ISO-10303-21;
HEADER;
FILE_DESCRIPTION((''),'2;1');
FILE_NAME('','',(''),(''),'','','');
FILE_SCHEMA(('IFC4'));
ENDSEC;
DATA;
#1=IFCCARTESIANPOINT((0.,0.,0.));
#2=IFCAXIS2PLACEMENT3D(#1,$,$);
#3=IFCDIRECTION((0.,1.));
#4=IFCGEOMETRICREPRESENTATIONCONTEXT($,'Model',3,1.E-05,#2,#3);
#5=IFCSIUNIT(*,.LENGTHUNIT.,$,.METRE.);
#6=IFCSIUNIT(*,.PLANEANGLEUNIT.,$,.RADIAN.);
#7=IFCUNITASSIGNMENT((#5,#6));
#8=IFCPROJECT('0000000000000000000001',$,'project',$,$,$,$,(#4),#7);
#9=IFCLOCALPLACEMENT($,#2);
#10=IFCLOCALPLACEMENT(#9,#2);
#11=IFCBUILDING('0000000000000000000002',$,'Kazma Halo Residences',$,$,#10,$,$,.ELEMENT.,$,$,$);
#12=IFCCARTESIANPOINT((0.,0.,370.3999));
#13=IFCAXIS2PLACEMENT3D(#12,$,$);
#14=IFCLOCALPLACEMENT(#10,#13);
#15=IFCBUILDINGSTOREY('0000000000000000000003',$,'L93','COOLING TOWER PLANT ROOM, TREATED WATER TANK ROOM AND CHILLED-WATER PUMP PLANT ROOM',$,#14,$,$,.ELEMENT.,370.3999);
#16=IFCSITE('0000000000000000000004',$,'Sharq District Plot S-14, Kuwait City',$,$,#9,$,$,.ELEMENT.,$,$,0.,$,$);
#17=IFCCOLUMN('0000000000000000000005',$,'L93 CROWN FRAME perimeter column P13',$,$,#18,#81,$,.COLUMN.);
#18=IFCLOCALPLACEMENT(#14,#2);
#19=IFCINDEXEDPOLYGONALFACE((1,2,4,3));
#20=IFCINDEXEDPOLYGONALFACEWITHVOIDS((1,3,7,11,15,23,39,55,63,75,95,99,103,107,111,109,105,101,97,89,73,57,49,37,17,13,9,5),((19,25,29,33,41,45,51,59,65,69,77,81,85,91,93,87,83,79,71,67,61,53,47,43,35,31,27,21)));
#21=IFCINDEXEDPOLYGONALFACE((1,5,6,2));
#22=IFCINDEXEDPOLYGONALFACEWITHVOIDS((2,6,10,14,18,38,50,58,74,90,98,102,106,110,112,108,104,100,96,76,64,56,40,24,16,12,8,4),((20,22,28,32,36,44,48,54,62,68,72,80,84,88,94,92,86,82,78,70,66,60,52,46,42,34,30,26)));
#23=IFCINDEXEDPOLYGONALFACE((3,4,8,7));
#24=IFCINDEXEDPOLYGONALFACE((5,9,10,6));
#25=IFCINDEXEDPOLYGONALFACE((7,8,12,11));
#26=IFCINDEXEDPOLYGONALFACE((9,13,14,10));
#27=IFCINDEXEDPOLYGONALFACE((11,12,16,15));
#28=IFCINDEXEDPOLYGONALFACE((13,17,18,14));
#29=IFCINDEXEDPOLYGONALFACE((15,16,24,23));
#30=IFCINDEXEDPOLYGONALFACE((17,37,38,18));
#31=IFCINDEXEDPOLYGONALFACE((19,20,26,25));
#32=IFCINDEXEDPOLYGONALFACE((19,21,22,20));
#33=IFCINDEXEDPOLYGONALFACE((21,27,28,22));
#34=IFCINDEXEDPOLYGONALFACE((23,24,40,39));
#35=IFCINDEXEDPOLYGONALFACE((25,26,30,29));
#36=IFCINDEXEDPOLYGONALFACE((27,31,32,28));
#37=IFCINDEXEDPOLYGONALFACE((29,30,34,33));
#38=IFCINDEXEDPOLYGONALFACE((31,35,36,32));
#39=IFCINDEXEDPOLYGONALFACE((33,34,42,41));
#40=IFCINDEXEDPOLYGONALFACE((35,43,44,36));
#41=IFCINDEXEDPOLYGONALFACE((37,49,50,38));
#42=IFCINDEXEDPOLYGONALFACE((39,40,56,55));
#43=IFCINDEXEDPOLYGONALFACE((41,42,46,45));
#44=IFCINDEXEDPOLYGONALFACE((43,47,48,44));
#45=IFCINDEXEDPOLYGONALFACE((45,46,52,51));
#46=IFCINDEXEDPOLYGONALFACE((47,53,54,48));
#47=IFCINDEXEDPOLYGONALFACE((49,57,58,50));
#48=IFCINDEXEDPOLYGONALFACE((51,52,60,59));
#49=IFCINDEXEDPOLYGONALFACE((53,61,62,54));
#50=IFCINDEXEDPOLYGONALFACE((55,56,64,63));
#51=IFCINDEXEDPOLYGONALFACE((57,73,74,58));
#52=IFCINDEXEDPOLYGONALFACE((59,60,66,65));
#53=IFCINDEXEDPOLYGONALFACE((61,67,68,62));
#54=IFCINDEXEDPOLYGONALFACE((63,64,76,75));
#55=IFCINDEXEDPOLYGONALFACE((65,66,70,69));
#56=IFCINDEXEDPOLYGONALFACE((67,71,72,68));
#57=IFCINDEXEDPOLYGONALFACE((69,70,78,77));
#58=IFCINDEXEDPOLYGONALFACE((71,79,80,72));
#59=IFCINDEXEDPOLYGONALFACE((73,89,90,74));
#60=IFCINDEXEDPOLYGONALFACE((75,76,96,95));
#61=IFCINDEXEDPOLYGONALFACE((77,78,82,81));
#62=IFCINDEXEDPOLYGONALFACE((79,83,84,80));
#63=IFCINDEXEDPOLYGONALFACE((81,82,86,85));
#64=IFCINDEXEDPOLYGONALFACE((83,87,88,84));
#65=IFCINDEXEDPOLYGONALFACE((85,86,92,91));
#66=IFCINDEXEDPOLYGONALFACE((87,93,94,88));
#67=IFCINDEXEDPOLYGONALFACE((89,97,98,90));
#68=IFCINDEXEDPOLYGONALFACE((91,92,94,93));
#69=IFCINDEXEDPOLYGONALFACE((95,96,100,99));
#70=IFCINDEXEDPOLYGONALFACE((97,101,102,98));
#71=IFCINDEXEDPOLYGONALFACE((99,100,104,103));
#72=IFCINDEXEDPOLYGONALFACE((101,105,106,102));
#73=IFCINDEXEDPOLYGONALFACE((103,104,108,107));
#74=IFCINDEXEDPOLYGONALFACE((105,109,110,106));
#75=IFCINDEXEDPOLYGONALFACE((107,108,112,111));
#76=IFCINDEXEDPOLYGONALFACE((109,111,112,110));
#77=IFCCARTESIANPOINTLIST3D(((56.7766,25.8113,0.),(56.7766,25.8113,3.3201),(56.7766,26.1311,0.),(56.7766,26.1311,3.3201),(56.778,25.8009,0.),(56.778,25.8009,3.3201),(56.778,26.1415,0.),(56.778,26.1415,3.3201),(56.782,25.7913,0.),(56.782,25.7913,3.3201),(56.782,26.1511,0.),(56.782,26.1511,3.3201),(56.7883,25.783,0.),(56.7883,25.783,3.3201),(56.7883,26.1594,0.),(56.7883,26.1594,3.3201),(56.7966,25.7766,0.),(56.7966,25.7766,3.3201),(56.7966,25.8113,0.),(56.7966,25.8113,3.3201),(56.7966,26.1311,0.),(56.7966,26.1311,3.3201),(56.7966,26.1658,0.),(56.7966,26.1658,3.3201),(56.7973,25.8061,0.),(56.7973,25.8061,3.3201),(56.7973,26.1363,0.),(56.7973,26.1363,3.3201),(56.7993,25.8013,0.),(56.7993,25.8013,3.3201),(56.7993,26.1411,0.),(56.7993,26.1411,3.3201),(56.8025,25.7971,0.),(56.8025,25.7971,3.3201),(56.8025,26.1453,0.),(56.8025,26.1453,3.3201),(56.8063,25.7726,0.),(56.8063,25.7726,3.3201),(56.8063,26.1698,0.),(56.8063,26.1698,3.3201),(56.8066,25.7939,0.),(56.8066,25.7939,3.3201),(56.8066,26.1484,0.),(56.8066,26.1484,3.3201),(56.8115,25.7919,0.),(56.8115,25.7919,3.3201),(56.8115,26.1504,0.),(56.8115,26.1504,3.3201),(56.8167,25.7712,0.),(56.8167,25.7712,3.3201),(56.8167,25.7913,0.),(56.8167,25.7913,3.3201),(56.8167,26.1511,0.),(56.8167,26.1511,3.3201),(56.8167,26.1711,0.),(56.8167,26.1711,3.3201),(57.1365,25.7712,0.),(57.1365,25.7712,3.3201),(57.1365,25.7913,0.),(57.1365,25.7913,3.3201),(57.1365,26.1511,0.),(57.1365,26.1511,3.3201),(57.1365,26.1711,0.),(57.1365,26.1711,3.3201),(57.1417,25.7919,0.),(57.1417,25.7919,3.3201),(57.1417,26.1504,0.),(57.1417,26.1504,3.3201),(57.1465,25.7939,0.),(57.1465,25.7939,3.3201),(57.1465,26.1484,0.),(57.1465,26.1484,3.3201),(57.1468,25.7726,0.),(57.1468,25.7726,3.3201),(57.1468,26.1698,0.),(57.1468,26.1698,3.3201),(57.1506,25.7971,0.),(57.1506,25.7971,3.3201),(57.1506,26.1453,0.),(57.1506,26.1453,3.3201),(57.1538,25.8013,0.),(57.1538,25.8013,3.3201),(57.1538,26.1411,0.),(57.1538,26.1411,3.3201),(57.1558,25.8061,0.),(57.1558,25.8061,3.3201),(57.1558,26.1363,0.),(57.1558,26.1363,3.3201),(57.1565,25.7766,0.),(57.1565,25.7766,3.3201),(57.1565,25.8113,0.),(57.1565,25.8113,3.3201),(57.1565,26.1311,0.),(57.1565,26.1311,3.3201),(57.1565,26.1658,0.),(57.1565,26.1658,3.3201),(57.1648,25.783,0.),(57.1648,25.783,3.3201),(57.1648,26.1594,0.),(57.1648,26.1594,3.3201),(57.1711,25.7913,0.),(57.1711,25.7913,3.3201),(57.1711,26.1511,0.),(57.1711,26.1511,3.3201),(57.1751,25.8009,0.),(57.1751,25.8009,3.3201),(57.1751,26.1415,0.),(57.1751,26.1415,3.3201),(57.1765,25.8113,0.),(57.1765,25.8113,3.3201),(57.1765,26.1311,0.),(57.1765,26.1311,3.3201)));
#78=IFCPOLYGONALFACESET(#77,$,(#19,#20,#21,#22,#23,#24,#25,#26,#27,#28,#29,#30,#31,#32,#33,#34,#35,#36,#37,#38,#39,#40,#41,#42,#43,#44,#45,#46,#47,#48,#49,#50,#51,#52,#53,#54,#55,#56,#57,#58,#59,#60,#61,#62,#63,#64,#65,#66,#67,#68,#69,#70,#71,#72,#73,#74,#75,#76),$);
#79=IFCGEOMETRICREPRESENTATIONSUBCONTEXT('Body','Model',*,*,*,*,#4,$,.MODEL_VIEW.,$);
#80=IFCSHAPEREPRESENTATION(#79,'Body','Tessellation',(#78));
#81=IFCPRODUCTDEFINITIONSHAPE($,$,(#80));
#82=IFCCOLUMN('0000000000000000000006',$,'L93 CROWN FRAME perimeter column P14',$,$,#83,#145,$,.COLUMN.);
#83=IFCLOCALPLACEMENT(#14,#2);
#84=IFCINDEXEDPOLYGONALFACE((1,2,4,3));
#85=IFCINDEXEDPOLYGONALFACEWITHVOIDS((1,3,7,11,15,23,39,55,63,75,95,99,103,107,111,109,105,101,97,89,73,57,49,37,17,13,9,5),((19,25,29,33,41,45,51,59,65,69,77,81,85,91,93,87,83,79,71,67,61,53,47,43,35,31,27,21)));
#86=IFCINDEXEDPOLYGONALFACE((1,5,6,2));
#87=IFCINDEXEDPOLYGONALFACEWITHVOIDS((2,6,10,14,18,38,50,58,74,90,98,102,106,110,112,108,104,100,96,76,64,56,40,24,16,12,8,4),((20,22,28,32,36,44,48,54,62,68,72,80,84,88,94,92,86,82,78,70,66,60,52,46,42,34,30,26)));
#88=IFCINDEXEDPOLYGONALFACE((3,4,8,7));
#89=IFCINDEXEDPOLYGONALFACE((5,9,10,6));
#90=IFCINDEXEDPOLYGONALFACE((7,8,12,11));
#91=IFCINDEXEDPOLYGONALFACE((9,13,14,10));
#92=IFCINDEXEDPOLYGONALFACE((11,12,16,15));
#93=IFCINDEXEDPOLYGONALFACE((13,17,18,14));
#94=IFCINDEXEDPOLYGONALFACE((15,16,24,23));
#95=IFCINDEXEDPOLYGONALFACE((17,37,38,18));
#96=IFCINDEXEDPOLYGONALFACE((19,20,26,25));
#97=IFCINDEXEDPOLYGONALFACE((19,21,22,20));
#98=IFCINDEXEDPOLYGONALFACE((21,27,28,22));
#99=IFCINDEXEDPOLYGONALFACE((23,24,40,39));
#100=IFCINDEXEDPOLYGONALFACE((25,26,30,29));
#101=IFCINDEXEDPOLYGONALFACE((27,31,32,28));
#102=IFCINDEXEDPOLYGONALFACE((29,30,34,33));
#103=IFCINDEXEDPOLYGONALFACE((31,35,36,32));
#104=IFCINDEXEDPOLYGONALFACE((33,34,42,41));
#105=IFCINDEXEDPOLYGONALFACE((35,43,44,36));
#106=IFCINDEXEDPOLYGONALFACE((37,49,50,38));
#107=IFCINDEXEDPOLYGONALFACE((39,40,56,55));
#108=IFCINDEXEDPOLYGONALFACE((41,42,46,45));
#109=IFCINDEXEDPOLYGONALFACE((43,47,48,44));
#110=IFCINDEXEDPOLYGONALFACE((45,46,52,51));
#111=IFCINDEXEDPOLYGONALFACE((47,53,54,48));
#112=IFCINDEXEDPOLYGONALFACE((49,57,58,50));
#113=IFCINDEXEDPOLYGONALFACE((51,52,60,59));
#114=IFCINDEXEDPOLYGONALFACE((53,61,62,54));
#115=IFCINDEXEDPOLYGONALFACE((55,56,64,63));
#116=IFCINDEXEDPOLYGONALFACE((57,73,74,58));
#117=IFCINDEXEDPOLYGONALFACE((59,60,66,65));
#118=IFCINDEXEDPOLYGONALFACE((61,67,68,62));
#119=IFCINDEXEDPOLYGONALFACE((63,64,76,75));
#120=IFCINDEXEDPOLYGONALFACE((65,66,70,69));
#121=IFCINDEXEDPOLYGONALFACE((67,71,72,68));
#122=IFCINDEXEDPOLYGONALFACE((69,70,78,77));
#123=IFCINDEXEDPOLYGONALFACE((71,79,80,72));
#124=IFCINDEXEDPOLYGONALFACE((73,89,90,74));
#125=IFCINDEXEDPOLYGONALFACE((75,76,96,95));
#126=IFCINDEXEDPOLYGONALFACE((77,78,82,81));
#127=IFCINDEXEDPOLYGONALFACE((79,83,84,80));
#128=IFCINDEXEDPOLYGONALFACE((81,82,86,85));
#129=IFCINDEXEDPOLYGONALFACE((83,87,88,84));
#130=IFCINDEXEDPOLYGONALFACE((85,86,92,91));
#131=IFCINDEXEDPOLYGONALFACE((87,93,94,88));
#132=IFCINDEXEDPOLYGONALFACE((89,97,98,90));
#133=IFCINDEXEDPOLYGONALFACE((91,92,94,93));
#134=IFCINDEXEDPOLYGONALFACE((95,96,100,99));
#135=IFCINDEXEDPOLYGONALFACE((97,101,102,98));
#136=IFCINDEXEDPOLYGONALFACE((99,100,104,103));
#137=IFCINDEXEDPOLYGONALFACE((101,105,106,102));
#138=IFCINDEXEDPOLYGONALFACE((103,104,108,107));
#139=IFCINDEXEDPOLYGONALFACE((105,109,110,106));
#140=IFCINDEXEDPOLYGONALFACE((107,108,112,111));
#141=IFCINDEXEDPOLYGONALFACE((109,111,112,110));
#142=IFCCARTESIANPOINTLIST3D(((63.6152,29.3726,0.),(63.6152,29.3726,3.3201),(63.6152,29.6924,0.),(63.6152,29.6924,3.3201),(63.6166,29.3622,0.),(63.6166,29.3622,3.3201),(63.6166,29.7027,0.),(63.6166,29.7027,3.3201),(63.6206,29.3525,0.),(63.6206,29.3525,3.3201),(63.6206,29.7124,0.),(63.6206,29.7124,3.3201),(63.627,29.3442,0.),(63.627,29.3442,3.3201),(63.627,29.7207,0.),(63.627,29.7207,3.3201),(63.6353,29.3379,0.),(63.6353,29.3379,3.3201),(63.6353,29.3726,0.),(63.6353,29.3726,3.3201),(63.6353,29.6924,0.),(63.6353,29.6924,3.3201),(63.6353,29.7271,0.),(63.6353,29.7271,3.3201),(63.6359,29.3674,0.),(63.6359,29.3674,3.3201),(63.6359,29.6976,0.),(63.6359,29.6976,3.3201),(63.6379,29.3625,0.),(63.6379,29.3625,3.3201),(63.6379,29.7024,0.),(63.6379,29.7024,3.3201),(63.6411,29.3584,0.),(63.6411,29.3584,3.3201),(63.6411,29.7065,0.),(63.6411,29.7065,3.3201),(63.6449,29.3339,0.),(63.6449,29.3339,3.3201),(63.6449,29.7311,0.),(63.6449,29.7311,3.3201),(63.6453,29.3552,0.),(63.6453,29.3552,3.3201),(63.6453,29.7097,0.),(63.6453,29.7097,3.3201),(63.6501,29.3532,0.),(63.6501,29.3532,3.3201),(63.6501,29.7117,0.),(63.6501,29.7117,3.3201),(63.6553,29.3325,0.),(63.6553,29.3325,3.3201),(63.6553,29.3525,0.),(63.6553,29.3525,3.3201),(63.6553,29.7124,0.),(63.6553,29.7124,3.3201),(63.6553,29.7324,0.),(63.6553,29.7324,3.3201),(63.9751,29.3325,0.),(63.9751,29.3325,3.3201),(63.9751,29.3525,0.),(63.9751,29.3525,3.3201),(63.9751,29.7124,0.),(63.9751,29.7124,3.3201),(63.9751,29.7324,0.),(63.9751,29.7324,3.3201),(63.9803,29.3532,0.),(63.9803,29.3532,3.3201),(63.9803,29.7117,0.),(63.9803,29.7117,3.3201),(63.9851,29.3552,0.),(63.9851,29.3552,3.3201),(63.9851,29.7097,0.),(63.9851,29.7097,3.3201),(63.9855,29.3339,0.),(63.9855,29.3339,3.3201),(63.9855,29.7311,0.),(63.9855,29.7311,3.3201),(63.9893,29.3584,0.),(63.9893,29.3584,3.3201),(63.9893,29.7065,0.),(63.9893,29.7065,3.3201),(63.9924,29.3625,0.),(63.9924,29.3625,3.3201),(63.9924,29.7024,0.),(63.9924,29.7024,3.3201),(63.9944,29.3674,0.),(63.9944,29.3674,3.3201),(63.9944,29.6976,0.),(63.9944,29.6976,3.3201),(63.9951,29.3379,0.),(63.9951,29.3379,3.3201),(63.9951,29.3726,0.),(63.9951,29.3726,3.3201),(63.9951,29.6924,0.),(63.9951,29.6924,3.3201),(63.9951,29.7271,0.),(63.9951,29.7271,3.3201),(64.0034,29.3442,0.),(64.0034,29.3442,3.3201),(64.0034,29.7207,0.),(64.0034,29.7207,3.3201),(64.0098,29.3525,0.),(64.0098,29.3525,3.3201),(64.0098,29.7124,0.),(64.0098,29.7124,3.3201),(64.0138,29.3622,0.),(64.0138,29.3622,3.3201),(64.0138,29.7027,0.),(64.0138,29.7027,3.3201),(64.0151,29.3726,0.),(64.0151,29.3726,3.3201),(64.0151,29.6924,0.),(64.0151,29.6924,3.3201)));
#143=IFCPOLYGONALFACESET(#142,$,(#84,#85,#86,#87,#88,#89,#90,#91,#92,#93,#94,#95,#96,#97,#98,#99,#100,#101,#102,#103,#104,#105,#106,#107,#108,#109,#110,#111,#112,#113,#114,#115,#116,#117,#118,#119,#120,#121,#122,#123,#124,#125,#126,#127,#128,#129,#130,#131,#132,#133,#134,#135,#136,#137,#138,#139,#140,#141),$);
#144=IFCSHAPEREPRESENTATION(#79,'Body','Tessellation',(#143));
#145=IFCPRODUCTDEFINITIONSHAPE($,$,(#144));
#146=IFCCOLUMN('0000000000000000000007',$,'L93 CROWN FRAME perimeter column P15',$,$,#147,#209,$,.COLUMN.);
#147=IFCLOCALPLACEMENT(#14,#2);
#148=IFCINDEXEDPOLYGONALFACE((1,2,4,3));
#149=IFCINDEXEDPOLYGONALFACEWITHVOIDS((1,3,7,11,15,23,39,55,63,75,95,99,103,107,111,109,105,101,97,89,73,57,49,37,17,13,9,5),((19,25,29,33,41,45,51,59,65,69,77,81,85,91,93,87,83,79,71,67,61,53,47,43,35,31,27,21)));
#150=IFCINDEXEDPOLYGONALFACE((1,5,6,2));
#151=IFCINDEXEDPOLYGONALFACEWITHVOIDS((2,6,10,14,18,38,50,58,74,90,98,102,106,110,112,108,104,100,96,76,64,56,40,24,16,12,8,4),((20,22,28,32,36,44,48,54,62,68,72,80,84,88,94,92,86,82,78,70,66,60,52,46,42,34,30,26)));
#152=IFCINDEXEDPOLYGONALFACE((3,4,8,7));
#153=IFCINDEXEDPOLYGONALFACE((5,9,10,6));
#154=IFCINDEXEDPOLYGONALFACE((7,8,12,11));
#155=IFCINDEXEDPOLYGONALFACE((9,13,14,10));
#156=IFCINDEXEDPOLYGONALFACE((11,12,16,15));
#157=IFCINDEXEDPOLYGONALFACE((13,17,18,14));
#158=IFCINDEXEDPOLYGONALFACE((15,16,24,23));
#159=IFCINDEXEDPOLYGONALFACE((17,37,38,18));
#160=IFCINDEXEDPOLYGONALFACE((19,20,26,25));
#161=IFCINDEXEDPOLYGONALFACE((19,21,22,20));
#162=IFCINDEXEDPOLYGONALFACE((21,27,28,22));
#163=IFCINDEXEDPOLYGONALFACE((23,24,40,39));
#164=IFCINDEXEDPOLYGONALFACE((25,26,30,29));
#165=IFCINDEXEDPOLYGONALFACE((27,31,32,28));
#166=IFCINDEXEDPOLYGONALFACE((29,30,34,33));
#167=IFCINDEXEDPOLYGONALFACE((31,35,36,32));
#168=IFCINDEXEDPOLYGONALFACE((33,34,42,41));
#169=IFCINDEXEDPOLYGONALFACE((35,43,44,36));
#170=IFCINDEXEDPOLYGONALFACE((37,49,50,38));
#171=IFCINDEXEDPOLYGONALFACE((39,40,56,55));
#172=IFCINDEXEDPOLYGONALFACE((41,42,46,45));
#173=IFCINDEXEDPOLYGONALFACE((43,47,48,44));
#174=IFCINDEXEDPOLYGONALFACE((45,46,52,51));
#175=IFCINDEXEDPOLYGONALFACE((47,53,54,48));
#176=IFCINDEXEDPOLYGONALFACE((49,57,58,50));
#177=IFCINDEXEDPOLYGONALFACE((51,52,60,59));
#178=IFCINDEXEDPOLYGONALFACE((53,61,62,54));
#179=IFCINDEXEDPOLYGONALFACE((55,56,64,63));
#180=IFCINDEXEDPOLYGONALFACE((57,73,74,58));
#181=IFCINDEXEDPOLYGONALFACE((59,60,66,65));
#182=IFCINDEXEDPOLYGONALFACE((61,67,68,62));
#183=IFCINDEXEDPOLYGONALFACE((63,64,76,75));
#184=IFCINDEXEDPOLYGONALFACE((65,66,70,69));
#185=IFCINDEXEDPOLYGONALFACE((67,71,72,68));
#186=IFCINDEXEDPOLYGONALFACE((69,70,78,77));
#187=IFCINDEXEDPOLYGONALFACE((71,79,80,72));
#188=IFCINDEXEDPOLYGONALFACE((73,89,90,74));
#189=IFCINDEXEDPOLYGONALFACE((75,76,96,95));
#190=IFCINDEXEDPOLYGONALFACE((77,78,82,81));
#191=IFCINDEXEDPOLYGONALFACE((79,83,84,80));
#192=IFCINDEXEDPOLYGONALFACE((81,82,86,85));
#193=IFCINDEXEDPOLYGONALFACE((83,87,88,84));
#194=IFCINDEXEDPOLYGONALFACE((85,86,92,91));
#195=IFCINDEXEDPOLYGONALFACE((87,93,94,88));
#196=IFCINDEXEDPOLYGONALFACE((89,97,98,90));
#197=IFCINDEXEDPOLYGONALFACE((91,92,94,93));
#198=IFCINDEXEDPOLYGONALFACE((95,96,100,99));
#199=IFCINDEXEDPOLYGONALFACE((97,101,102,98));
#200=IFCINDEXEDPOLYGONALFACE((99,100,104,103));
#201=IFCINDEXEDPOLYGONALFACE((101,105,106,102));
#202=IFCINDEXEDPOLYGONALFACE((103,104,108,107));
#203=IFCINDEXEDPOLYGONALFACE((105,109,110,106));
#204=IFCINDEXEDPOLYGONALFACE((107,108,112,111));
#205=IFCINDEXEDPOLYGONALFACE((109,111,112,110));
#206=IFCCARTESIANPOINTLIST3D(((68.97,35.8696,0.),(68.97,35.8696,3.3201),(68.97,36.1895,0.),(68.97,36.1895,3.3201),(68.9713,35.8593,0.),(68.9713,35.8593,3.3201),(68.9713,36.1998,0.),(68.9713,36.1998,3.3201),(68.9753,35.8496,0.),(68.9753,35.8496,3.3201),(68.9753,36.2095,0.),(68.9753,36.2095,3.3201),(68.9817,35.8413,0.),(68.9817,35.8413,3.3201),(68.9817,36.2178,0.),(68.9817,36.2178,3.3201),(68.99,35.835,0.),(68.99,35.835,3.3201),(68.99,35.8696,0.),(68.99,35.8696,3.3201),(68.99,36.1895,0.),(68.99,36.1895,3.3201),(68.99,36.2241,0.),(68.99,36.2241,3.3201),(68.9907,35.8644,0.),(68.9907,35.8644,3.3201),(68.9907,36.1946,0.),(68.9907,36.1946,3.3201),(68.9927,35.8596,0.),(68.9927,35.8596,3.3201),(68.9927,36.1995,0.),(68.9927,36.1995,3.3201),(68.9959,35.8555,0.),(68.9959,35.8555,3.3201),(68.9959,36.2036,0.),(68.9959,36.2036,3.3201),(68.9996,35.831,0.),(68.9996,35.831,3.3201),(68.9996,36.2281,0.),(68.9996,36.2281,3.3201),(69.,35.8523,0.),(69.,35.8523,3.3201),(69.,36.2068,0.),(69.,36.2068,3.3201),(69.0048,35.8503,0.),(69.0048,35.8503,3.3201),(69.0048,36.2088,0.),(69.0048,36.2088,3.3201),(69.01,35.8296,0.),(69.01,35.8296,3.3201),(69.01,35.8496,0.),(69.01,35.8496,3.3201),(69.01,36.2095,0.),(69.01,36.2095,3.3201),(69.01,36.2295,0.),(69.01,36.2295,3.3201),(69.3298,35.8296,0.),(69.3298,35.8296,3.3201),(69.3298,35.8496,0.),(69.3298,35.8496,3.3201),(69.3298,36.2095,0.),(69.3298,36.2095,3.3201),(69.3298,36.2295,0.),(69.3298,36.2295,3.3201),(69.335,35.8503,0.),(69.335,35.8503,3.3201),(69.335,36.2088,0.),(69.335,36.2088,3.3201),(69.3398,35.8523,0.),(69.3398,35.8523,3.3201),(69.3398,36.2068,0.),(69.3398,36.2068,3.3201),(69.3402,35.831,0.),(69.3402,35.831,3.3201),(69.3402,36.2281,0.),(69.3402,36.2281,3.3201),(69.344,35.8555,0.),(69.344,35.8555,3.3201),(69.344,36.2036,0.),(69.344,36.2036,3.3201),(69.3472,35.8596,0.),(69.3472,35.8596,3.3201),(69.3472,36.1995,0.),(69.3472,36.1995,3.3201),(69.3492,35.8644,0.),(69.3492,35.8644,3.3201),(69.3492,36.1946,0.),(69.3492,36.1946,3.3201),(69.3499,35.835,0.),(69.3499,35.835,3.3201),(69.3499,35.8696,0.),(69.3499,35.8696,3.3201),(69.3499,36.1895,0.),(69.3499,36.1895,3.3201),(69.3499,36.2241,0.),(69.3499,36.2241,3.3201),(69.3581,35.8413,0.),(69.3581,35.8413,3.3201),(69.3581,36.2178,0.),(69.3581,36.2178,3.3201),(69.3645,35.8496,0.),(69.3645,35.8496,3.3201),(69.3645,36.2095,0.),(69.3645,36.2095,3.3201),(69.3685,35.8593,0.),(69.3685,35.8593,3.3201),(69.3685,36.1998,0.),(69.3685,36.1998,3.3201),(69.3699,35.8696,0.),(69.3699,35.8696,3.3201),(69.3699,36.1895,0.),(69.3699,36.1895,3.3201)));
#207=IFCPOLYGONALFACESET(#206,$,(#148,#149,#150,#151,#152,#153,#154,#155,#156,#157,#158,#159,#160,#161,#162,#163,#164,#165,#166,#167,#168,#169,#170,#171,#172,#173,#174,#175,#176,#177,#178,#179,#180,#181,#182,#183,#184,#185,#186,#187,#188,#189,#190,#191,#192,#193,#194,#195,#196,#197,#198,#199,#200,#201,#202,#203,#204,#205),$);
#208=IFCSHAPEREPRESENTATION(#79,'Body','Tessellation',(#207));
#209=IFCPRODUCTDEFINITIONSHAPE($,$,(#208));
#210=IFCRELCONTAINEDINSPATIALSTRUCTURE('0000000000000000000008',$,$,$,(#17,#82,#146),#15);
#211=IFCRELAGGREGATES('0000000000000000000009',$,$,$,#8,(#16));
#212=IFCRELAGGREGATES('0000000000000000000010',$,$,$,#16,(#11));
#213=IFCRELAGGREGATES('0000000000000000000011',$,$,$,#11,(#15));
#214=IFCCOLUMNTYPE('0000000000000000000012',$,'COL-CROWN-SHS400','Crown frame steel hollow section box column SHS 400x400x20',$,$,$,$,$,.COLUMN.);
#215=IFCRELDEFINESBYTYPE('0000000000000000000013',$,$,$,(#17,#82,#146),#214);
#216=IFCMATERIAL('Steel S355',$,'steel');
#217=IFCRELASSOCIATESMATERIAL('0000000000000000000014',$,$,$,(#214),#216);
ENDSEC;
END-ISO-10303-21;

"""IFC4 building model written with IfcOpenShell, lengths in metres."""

from ifc_helpers import new_model, si_unit, direction, frame, origin, origin_2d, place, context, subcontext, project, spatial, hollow_rectangle, extrude, material, material_profile, profile_set, type_object, element, save


model = new_model("IFC4")

# Units and contexts
model_context = context("Model", 3, precision=1e-05, world=origin(), true_north=direction((0.0, 1.0)))
body_context = subcontext(model_context, "Body", "Model", "MODEL_VIEW")
ifc_project = project(units=[si_unit("LENGTHUNIT", "METRE"), si_unit("PLANEANGLEUNIT", "RADIAN")], contexts=[model_context])

# Site, building, storey
site_placement = place(None, origin())
site = spatial("IfcSite", under=ifc_project, at=site_placement, Name="Sharq District Plot S-14, Kuwait City", CompositionType="ELEMENT", RefElevation=0.0)
building_placement = place(site_placement, origin())
building = spatial("IfcBuilding", under=site, at=building_placement, Name="Kazma Halo Residences", CompositionType="ELEMENT")
storey_placement = place(building_placement, frame((0.0, 0.0, 370.3999)))
storey = spatial("IfcBuildingStorey", under=building, at=storey_placement, Name="L93", Description="COOLING TOWER PLANT ROOM, TREATED WATER TANK ROOM AND CHILLED-WATER PUMP PLANT ROOM", CompositionType="ELEMENT", Elevation=370.3999)

# Columns
ifc_material_1 = material(Name="Steel S355", Category="steel")
ifc_material_profile_1 = material_profile(ifc_material_1, hollow_rectangle(XDim=0.3999, YDim=0.3999, WallThickness=0.02, InnerFilletRadius=0.02, OuterFilletRadius=0.04, at=origin_2d()), Name="SHS400x400x20")
ifc_profile_set_1 = profile_set([ifc_material_profile_1], Name="Steel S355")
column_type = type_object("IfcColumnType", Name="COL-CROWN-SHS400", Description="Crown frame steel hollow section box column SHS 400x400x20", PredefinedType="COLUMN", material=ifc_profile_set_1)
for number, where, z_axis, x_axis, name in (
    (1, (56.9766, 25.9712, 0.0), (0.0, 0.0, 1.0), (1.0, 0.0, 0.0), "L93 CROWN FRAME perimeter column P13"),
    (2, (63.8152, 29.5325, 0.0), (0.0, 0.0, 1.0), (1.0, 0.0, 0.0), "L93 CROWN FRAME perimeter column P14"),
    (3, (69.1699, 36.0295, 0.0), (0.0, 0.0, 1.0), (1.0, 0.0, 0.0), "L93 CROWN FRAME perimeter column P15"),
):
    element("IfcColumn", number, at=place(storey_placement, frame(where, z_axis=z_axis, x_axis=x_axis)), inside=storey, type_object=column_type, Name=name, PredefinedType="COLUMN", context=body_context, shape_type="SweptSolid", body=[
        extrude(hollow_rectangle(XDim=0.3999, YDim=0.3999, WallThickness=0.02, InnerFilletRadius=0.02, OuterFilletRadius=0.04, at=origin_2d()), origin(), (0.0, 0.0, 1.0), 3.3201),
    ])

save(model, "model.ifc")
